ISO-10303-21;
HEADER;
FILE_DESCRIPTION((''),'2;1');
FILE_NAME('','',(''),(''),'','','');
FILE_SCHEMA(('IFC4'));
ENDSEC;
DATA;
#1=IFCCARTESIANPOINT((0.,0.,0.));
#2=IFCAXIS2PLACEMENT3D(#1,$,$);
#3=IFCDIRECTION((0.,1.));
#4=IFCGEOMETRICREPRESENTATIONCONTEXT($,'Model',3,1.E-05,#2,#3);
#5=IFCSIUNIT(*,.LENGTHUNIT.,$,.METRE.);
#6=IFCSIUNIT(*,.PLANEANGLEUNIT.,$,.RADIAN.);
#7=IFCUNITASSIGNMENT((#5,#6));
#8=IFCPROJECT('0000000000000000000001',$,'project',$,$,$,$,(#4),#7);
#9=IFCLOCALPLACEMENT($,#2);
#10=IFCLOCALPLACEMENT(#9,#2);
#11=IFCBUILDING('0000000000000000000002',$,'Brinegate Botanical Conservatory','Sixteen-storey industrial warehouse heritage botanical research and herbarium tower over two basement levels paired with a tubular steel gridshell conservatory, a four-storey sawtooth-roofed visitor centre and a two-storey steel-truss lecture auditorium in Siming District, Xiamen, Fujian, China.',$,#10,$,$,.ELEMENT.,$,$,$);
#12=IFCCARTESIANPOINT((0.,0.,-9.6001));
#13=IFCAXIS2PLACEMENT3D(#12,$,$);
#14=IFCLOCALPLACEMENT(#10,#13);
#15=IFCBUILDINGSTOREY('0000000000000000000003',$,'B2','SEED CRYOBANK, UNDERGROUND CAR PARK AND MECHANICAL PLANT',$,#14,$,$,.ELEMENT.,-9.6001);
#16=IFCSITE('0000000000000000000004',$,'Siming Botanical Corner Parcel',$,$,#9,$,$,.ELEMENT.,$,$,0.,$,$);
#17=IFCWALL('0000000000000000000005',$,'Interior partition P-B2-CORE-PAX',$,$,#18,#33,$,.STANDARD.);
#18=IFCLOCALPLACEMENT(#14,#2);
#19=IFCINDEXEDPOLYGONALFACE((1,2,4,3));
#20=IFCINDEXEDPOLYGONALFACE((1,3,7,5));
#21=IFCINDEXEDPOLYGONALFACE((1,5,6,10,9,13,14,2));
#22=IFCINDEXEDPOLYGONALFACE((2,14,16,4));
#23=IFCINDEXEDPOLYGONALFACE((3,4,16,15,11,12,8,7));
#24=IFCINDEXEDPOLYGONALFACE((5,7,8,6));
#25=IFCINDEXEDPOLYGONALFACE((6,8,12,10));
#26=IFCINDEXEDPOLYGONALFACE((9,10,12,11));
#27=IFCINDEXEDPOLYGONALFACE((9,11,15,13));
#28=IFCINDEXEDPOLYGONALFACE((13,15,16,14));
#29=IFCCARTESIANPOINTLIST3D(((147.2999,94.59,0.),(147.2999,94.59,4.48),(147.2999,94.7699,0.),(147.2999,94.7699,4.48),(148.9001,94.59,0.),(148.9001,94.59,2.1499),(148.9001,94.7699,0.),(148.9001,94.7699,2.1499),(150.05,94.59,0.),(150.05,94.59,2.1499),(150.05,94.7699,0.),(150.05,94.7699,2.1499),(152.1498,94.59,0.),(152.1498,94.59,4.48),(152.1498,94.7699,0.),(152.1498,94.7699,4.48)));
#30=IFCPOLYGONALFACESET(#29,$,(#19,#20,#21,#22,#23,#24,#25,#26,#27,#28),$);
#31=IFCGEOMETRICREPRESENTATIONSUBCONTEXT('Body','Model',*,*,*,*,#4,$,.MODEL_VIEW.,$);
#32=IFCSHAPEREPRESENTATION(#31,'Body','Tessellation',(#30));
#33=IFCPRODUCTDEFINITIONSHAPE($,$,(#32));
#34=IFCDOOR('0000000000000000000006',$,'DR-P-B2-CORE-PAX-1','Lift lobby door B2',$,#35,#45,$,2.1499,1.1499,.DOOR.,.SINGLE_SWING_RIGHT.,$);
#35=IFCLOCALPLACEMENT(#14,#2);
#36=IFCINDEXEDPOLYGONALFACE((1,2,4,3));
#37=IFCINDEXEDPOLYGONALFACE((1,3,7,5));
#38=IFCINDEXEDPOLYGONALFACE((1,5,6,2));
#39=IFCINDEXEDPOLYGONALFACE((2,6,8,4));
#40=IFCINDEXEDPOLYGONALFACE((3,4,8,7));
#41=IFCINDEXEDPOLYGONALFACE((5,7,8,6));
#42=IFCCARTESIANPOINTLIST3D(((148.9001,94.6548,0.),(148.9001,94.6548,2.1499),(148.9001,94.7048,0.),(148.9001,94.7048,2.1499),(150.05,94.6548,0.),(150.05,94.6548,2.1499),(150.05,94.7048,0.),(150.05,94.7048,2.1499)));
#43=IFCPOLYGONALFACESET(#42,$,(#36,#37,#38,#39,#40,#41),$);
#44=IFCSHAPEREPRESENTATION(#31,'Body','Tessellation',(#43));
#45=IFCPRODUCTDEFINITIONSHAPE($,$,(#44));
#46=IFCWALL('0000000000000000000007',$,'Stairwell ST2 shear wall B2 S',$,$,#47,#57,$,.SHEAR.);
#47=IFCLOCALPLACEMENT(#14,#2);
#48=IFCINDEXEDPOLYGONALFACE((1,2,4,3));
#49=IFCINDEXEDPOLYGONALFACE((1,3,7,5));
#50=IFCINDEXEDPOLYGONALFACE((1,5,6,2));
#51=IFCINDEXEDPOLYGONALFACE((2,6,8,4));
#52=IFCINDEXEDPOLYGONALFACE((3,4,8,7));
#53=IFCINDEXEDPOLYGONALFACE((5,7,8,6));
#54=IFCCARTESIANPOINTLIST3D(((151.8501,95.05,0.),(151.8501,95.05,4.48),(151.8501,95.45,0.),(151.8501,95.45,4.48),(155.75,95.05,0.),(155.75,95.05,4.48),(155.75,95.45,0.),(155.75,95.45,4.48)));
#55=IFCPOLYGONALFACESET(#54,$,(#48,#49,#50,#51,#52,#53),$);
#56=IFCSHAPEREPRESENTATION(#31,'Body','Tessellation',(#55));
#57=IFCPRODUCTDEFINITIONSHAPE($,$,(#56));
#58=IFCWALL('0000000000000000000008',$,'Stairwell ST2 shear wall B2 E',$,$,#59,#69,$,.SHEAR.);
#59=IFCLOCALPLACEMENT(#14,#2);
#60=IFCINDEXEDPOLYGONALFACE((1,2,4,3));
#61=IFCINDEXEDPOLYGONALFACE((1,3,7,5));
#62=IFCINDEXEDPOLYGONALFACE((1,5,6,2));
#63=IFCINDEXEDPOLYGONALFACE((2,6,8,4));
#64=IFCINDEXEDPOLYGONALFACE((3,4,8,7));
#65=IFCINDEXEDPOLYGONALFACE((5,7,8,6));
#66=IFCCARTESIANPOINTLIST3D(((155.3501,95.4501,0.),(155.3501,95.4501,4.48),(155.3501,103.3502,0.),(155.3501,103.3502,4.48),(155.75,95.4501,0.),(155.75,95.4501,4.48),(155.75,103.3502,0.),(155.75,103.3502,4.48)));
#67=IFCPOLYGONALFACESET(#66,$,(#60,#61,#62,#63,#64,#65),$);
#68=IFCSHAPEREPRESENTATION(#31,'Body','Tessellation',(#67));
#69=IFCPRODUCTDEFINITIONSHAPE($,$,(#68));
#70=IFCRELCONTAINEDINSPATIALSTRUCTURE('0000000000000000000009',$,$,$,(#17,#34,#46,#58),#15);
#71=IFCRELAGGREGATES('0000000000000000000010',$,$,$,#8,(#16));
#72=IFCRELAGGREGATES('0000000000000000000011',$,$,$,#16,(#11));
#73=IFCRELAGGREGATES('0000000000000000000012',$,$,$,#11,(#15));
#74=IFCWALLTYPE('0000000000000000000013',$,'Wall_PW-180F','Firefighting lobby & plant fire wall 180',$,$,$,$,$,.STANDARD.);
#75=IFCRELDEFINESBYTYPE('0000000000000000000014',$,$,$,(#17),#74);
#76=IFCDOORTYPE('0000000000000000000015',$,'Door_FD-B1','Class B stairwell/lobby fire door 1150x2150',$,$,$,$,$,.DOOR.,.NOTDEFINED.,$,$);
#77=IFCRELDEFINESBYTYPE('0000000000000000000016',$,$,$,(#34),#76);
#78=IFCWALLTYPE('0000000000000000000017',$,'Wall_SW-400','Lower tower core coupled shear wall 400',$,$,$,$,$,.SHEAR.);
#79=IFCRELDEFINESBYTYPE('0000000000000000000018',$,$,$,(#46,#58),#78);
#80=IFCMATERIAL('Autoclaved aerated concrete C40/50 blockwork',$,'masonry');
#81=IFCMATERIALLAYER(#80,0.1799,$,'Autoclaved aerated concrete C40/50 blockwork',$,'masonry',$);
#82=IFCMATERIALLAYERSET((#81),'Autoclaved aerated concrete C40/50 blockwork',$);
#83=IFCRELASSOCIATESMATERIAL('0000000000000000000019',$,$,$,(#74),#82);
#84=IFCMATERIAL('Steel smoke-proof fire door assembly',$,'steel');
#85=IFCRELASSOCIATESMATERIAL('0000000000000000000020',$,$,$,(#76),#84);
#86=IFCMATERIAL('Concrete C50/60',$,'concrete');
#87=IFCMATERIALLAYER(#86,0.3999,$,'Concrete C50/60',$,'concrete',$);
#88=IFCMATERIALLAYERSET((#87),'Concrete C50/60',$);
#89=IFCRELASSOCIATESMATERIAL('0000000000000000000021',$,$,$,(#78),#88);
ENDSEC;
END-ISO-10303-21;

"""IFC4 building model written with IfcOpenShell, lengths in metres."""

from ifc_helpers import new_model, si_unit, direction, frame, frame_2d, origin, place, context, subcontext, project, spatial, rectangle, extrude, material, layer, layer_set, type_object, element, fill, save


model = new_model("IFC4")

# Units and contexts
model_context = context("Model", 3, precision=1e-05, world=origin(), true_north=direction((0.0, 1.0)))
body_context = subcontext(model_context, "Body", "Model", "MODEL_VIEW")
ifc_project = project(units=[si_unit("LENGTHUNIT", "METRE"), si_unit("PLANEANGLEUNIT", "RADIAN")], contexts=[model_context])

# Site, building, storey
site_placement = place(None, origin())
site = spatial("IfcSite", under=ifc_project, at=site_placement, Name="Siming Botanical Corner Parcel", CompositionType="ELEMENT", RefElevation=0.0)
building_placement = place(site_placement, origin())
building = spatial("IfcBuilding", under=site, at=building_placement, Name="Brinegate Botanical Conservatory", Description="Sixteen-storey industrial warehouse heritage botanical research and herbarium tower over two basement levels paired with a tubular steel gridshell conservatory, a four-storey sawtooth-roofed visitor centre and a two-storey steel-truss lecture auditorium in Siming District, Xiamen, Fujian, China.", CompositionType="ELEMENT")
storey_placement = place(building_placement, frame((0.0, 0.0, -9.6001)))
storey = spatial("IfcBuildingStorey", under=building, at=storey_placement, Name="B2", Description="SEED CRYOBANK, UNDERGROUND CAR PARK AND MECHANICAL PLANT", CompositionType="ELEMENT", Elevation=-9.6001)

# Shared definitions
ifc_material_1 = material(Name="Concrete C50/60", Category="concrete")

# Wall, opening, door
ifc_material_2 = material(Name="Autoclaved aerated concrete C40/50 blockwork", Category="masonry")
ifc_layer_1 = layer(ifc_material_2, 0.1799, Name="Autoclaved aerated concrete C40/50 blockwork", Category="masonry")
ifc_layer_set_1 = layer_set([ifc_layer_1], Name="Autoclaved aerated concrete C40/50 blockwork")
wall_type_1 = type_object("IfcWallType", Name="Wall_PW-180F", Description="Firefighting lobby & plant fire wall 180", PredefinedType="STANDARD", material=ifc_layer_set_1)
wall_1_placement = place(storey_placement, frame((147.3, 94.6799, 0.0), z_axis=(0.0, 0.0, 1.0), x_axis=(1.0, 0.0, 0.0)))
wall_1 = element("IfcWall", 1, at=wall_1_placement, inside=storey, type_object=wall_type_1, Name="Interior partition P-B2-CORE-PAX", PredefinedType="STANDARD", context=body_context, shape_type="SweptSolid", body=[
    extrude(rectangle(XDim=4.8499, YDim=0.1799, at=frame_2d((2.4248, 0.0))), origin(), (0.0, 0.0, 1.0), 4.48),
])
opening_1_placement = place(wall_1_placement, frame((1.6001, 0.0, 0.0)))
opening_1 = element("IfcOpeningElement", 2, at=opening_1_placement, cuts=wall_1, PredefinedType="OPENING", context=body_context, shape_type="SweptSolid", body=[
    extrude(rectangle(XDim=1.1499, YDim=2.1499, at=frame_2d((0.575, 1.075))), frame((0.0, 0.0999, 0.0), z_axis=(0.0, -1.0, 0.0), x_axis=(1.0, 0.0, 0.0)), (0.0, 0.0, 1.0), 0.2),
])
ifc_material_3 = material(Name="Steel smoke-proof fire door assembly", Category="steel")
door_type_1 = type_object("IfcDoorType", Name="Door_FD-B1", Description="Class B stairwell/lobby fire door 1150x2150", OperationType="NOTDEFINED", PredefinedType="DOOR", material=ifc_material_3)
door_1_placement = place(opening_1_placement, origin())
door_1 = element("IfcDoor", 3, at=door_1_placement, inside=storey, type_object=door_type_1, Name="DR-P-B2-CORE-PAX-1", Description="Lift lobby door B2", OperationType="SINGLE_SWING_RIGHT", OverallHeight=2.1499, OverallWidth=1.1499, PredefinedType="DOOR", context=body_context, shape_type="SweptSolid", body=[
    extrude(rectangle(XDim=1.1499, YDim=2.1499, at=frame_2d((0.575, 1.075))), frame((0.0, 0.0249, 0.0), z_axis=(0.0, -1.0, 0.0), x_axis=(1.0, 0.0, 0.0)), (0.0, 0.0, 1.0), 0.05),
])
fill(opening_1, door_1)

# Wall
ifc_layer_2 = layer(ifc_material_1, 0.3999, Name="Concrete C50/60", Category="concrete")
ifc_layer_set_2 = layer_set([ifc_layer_2], Name="Concrete C50/60")
wall_type_2 = type_object("IfcWallType", Name="Wall_SW-400", Description="Lower tower core coupled shear wall 400", PredefinedType="SHEAR", material=ifc_layer_set_2)
wall_2_placement = place(storey_placement, frame((151.8501, 95.25, 0.0), z_axis=(0.0, 0.0, 1.0), x_axis=(1.0, 0.0, 0.0)))
element("IfcWall", 4, at=wall_2_placement, inside=storey, type_object=wall_type_2, Name="Stairwell ST2 shear wall B2 S", PredefinedType="SHEAR", context=body_context, shape_type="SweptSolid", body=[
    extrude(rectangle(XDim=3.8999, YDim=0.3999, at=frame_2d((1.95, 0.0))), origin(), (0.0, 0.0, 1.0), 4.48),
])

# Wall
wall_3_placement = place(storey_placement, frame((155.55, 95.45, 0.0), z_axis=(0.0, 0.0, 1.0), x_axis=(0.0, 1.0, 0.0)))
element("IfcWall", 5, at=wall_3_placement, inside=storey, type_object=wall_type_2, Name="Stairwell ST2 shear wall B2 E", PredefinedType="SHEAR", context=body_context, shape_type="SweptSolid", body=[
    extrude(rectangle(XDim=7.9001, YDim=0.3999, at=frame_2d((3.9502, 0.0))), origin(), (0.0, 0.0, 1.0), 4.48),
])

save(model, "model.ifc")
